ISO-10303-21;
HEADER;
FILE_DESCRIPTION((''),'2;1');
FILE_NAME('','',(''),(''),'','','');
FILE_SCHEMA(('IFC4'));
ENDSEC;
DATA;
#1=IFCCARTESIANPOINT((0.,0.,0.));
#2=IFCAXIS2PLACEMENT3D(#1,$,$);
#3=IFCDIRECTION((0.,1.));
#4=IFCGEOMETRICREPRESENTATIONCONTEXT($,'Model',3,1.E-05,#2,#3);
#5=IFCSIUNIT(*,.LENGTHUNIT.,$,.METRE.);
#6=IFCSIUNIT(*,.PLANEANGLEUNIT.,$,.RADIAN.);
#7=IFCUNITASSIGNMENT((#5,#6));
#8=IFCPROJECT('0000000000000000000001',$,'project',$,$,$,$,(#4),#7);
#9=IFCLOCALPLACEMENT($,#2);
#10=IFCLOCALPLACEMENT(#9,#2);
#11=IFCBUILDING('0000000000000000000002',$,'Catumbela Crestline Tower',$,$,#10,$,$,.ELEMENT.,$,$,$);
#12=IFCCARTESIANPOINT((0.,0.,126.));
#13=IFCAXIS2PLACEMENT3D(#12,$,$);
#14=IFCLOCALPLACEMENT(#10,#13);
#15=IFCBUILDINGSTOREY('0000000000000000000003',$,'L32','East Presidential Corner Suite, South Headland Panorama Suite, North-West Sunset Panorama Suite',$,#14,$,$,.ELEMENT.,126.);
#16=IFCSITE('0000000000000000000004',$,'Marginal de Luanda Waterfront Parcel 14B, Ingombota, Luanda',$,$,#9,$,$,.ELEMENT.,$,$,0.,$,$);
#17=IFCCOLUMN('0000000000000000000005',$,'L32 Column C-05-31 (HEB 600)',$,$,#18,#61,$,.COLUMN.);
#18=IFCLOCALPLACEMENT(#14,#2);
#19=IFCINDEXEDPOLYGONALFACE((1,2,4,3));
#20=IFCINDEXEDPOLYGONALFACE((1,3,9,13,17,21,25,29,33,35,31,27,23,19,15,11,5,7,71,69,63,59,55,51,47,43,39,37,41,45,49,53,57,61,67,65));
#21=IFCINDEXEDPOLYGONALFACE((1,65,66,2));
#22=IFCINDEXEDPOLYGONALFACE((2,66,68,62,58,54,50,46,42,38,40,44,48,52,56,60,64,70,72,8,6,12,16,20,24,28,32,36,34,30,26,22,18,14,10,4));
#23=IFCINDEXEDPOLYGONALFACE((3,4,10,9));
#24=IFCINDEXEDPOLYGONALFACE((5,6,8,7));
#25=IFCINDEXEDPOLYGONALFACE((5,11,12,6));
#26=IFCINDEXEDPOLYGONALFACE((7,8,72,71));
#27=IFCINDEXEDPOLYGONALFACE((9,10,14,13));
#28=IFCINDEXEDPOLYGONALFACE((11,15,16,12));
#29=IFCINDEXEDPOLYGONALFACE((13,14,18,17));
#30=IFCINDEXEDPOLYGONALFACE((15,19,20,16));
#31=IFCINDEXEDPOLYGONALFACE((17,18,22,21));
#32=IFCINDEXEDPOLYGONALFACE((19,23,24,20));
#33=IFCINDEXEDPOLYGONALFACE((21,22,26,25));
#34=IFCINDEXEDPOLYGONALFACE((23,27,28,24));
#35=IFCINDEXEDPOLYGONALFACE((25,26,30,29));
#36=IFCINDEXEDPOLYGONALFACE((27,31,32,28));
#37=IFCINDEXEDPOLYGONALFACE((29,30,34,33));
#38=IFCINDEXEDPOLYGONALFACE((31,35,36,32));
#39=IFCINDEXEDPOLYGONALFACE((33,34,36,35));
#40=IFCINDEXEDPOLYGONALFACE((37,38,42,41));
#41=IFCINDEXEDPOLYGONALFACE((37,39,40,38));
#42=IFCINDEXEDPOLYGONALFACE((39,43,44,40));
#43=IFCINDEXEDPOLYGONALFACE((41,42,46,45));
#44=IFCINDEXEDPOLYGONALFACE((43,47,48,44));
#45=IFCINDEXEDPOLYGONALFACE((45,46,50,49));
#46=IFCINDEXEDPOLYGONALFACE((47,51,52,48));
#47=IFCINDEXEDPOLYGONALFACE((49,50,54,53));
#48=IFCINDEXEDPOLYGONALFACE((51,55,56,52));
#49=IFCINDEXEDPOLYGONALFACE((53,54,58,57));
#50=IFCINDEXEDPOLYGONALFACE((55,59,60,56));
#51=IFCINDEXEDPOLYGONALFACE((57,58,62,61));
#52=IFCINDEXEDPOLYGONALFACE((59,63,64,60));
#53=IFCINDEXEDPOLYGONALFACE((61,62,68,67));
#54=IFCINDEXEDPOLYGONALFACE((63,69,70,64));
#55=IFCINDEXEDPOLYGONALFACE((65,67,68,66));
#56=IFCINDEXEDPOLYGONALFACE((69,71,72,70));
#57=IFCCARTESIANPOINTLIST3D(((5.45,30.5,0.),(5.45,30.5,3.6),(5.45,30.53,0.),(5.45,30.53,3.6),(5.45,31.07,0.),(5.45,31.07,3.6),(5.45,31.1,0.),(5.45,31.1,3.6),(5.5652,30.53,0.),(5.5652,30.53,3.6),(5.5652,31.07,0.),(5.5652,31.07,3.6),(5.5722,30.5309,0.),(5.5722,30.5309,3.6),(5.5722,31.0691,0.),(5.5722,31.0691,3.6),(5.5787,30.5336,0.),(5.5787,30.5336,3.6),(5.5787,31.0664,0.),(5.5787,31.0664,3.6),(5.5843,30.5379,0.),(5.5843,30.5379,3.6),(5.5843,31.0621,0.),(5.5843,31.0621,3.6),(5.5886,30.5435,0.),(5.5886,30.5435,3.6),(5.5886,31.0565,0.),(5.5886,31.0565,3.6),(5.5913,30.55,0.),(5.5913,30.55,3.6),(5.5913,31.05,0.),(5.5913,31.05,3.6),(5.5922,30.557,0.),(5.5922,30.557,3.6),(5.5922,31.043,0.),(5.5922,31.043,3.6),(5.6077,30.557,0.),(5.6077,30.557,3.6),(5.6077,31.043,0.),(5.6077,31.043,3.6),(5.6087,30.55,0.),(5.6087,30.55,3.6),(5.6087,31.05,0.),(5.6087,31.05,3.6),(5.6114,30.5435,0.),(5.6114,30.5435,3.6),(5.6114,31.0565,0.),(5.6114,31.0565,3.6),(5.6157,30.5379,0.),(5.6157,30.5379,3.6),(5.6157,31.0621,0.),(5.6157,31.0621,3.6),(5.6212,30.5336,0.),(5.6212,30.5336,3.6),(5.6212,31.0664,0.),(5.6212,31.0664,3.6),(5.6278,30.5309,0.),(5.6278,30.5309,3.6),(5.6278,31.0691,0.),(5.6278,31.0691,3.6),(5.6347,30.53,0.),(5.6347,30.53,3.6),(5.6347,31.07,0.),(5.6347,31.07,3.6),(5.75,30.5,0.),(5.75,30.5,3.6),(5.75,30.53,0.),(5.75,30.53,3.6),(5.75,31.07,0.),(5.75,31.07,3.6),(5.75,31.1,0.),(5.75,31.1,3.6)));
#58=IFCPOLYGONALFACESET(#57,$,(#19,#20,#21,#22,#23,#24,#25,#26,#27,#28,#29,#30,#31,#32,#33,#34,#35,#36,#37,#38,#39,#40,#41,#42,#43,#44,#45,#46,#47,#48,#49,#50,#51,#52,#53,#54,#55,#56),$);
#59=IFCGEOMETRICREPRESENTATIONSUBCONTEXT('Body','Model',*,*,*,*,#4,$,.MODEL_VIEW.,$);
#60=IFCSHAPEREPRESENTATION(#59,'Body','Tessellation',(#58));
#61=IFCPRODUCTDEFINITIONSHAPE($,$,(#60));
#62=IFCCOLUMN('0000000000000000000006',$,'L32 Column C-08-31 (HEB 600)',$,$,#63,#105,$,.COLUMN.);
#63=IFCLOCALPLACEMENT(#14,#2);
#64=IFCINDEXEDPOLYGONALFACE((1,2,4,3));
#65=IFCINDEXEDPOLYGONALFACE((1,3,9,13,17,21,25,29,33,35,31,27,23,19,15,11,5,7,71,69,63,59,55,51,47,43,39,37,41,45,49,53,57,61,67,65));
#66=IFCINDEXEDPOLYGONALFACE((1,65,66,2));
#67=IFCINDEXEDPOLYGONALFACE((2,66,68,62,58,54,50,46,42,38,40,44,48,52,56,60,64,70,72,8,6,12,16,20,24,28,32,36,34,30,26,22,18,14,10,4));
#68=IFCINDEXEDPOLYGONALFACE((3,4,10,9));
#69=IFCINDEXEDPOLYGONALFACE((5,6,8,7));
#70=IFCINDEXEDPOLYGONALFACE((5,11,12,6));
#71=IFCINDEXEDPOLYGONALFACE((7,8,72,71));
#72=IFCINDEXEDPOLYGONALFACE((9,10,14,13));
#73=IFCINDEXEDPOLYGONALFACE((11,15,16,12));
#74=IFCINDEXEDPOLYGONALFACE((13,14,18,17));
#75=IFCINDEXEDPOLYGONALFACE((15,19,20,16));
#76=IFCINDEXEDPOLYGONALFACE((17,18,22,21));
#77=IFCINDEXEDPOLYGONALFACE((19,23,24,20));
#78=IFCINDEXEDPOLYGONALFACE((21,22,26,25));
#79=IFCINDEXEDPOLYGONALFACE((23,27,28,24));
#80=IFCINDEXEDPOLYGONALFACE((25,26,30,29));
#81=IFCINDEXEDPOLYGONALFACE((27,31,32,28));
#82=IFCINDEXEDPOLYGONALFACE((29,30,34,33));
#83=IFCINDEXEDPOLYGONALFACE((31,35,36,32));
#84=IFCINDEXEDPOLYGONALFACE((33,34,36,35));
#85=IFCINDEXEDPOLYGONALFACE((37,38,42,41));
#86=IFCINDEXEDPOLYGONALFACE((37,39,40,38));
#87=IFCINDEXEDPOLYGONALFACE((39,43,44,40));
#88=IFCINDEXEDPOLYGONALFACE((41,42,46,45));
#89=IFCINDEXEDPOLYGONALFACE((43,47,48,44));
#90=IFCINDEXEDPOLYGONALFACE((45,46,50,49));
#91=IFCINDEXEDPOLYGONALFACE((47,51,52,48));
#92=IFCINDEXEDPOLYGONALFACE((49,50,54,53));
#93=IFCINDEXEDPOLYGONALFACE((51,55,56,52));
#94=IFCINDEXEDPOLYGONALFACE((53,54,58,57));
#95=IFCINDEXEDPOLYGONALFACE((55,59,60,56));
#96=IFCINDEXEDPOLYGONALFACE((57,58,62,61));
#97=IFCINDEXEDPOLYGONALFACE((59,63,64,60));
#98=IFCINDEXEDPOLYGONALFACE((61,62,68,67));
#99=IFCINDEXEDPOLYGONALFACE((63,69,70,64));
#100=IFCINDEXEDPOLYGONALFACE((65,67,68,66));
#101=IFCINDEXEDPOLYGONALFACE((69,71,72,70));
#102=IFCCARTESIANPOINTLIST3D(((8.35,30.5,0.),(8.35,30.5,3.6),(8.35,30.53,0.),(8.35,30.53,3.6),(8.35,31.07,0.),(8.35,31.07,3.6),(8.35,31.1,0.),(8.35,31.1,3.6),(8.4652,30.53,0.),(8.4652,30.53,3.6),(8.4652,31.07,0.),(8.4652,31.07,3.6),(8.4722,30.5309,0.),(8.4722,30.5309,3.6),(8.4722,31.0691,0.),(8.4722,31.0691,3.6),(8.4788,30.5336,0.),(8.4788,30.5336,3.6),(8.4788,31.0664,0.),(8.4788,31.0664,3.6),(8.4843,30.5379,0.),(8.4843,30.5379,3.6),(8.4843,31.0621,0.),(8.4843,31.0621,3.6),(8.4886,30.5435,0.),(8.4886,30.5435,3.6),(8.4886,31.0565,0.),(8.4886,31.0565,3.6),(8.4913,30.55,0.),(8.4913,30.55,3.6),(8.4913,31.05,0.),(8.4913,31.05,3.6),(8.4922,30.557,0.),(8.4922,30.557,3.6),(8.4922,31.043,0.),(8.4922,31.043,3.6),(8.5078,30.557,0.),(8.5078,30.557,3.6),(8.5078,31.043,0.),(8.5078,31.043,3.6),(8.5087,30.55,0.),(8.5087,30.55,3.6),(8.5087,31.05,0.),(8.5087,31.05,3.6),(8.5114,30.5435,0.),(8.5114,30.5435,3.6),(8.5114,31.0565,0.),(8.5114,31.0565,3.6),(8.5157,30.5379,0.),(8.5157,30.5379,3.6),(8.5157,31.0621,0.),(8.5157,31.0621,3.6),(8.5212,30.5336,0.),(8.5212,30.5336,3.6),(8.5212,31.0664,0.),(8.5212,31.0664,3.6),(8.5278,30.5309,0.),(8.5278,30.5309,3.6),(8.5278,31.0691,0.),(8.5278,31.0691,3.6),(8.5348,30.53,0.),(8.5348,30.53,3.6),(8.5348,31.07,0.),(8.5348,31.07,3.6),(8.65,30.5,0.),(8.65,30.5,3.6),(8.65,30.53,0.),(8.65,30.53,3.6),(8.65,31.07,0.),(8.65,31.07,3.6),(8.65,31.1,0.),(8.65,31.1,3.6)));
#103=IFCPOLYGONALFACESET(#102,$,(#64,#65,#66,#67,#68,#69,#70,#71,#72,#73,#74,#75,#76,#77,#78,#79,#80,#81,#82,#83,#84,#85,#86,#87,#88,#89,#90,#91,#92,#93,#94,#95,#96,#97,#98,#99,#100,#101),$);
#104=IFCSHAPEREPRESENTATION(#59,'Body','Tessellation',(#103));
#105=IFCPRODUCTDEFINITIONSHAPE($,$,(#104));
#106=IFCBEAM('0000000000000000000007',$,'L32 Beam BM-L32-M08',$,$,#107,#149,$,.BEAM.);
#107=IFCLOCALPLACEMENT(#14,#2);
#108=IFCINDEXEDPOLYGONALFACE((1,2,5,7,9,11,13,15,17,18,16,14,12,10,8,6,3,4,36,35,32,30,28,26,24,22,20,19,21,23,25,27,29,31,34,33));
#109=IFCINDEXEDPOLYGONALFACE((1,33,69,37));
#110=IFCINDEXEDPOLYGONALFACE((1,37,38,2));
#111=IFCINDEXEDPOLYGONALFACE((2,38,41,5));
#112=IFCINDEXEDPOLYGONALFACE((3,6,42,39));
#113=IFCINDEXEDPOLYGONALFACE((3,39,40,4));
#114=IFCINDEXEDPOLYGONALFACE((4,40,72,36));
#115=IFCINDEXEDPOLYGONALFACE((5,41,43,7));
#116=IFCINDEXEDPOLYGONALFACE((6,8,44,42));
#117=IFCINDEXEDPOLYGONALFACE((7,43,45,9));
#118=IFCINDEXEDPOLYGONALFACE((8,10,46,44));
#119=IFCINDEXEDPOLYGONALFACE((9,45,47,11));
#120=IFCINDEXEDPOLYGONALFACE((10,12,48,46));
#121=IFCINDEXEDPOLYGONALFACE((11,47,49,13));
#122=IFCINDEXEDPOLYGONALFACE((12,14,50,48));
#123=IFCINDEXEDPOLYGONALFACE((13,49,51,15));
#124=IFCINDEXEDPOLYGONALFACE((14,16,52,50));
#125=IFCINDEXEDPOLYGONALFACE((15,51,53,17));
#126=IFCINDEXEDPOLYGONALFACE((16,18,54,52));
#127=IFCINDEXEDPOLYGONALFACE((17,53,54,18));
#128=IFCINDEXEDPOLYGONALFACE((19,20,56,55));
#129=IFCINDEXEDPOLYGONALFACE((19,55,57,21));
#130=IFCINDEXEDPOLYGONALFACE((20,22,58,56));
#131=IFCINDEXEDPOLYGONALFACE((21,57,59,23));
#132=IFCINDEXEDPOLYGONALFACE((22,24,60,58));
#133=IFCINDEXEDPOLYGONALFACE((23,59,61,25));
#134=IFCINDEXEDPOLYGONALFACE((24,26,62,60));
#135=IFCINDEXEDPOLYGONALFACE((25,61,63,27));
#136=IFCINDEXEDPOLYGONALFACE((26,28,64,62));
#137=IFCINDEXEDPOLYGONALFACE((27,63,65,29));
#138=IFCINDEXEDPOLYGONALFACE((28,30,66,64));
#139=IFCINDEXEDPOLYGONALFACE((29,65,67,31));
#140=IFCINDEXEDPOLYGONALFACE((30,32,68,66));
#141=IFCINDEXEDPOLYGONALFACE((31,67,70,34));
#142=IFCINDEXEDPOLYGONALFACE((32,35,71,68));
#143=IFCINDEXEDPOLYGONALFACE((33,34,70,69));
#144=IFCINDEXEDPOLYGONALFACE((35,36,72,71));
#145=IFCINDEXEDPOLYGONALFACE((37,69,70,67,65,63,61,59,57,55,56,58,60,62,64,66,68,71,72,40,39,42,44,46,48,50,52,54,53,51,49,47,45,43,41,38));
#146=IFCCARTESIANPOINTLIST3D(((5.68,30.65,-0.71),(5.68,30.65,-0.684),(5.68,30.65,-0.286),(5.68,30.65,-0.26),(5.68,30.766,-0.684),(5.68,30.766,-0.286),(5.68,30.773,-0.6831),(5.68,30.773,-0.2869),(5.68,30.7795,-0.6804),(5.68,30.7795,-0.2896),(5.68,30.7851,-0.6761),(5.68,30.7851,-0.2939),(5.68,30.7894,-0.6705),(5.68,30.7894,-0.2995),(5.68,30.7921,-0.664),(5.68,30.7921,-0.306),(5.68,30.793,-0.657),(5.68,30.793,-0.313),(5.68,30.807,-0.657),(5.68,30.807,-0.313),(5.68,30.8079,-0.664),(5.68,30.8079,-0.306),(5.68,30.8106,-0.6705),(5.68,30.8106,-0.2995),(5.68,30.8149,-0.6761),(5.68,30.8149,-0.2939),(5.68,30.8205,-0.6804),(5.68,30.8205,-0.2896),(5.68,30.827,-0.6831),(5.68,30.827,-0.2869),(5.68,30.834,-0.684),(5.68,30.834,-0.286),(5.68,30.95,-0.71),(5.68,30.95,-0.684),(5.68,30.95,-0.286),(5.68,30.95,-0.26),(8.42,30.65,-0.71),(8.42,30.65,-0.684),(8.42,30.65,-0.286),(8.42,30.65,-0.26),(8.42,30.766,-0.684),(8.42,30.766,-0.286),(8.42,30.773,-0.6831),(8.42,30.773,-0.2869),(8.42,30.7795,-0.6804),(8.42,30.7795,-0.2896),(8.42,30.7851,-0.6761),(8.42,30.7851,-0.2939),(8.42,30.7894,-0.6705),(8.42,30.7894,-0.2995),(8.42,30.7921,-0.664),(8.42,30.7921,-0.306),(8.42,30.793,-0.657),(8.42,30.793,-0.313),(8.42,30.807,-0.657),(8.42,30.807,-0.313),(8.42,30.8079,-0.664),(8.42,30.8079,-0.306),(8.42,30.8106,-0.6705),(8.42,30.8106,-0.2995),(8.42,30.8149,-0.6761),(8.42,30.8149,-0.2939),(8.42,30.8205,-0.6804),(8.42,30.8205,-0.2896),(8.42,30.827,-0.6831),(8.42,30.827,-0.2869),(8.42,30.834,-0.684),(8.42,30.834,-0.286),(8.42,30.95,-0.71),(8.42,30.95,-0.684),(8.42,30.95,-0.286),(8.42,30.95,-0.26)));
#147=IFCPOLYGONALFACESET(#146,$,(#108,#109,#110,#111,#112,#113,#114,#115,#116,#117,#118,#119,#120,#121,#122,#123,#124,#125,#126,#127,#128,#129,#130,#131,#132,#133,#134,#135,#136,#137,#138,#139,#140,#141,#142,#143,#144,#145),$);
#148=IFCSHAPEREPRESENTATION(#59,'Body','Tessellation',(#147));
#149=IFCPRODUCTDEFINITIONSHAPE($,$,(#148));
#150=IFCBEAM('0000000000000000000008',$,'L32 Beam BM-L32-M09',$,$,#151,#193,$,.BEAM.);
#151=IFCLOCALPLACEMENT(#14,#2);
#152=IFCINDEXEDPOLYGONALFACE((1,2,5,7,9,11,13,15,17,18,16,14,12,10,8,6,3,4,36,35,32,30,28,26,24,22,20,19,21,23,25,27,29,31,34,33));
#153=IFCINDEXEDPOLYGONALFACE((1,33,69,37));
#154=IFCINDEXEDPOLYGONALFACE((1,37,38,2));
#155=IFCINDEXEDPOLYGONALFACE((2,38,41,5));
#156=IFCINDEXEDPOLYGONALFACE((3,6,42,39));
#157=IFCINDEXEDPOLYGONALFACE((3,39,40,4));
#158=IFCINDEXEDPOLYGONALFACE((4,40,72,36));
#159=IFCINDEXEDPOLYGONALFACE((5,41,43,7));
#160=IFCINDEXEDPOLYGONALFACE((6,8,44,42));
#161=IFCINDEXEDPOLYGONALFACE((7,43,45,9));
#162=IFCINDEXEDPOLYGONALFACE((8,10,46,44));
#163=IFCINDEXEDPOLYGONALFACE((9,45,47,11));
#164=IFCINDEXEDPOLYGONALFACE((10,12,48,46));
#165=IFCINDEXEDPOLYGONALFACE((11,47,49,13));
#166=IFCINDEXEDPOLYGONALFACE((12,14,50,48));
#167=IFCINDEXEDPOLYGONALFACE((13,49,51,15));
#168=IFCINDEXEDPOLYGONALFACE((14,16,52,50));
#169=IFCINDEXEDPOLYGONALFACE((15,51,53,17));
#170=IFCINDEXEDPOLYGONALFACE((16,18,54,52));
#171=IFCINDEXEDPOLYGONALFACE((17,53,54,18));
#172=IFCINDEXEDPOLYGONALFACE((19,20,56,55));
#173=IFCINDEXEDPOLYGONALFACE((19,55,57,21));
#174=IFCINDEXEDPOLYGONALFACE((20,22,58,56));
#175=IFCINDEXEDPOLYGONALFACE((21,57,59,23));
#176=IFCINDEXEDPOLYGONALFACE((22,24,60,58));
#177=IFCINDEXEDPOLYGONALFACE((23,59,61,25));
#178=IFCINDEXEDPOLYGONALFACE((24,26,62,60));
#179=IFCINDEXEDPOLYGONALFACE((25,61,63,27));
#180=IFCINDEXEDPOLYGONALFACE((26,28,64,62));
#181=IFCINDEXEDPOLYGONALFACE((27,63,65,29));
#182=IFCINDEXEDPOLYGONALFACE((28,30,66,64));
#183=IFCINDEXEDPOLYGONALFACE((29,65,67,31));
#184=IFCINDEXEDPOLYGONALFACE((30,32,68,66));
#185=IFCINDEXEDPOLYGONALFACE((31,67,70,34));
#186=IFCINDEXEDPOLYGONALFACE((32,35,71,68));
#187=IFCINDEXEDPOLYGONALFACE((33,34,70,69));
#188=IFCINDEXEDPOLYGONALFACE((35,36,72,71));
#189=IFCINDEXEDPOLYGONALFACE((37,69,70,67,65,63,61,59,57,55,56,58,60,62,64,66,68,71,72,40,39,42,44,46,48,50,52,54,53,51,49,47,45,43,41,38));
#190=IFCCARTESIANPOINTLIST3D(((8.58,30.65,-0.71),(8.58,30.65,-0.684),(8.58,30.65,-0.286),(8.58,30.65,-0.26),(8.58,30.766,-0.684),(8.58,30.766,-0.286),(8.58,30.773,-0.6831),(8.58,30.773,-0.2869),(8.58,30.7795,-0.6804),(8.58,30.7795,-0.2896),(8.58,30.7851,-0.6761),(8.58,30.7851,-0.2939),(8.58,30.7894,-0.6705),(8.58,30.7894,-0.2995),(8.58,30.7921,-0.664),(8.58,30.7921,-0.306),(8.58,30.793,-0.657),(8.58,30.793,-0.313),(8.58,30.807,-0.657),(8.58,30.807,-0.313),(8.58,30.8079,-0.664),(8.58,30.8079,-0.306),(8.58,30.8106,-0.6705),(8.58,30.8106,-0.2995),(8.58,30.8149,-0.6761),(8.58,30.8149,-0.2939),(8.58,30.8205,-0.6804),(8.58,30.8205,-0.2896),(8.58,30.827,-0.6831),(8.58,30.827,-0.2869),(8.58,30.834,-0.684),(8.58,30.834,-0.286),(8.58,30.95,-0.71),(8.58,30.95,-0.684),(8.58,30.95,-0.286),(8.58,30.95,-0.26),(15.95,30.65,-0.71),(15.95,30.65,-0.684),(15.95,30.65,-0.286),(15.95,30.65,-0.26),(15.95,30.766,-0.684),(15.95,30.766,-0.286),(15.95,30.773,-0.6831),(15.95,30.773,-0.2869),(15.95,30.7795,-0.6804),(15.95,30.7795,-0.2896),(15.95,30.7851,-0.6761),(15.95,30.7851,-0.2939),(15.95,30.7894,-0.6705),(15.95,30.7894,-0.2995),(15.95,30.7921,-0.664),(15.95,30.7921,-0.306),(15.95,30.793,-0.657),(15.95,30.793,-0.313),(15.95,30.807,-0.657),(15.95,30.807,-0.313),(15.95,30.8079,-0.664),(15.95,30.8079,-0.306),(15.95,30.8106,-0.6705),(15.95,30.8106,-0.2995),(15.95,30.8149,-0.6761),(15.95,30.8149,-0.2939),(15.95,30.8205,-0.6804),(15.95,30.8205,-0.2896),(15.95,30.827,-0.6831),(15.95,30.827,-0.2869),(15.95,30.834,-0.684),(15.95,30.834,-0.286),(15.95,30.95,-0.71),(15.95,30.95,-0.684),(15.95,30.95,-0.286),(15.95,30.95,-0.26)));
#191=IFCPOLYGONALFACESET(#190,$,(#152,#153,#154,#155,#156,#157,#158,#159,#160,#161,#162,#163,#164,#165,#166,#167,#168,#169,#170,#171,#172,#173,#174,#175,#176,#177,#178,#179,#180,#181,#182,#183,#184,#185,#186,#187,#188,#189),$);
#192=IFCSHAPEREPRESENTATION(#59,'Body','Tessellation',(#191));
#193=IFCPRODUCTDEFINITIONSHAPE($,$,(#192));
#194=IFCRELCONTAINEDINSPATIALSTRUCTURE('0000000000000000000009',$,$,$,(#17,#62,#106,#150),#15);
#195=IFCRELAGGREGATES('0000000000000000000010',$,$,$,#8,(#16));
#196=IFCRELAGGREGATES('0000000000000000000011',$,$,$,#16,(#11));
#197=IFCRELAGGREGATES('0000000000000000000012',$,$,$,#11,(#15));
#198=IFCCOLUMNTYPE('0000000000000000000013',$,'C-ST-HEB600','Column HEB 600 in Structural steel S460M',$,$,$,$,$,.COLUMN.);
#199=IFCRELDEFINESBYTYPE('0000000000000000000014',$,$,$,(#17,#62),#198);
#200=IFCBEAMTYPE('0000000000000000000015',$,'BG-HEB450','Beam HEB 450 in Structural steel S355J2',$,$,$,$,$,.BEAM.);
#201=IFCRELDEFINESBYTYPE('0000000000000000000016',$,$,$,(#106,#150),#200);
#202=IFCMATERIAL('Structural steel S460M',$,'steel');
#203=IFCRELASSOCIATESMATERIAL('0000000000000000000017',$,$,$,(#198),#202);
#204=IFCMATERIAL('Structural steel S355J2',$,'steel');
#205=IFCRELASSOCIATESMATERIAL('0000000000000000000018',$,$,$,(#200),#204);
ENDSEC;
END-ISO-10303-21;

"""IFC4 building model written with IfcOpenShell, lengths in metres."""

from ifc_helpers import new_model, si_unit, direction, frame, origin, origin_2d, place, context, subcontext, project, spatial, i_section, extrude, material, material_profile, profile_set, type_object, element, save


model = new_model("IFC4")

# Units and contexts
model_context = context("Model", 3, precision=1e-05, world=origin(), true_north=direction((0.0, 1.0)))
body_context = subcontext(model_context, "Body", "Model", "MODEL_VIEW")
ifc_project = project(units=[si_unit("LENGTHUNIT", "METRE"), si_unit("PLANEANGLEUNIT", "RADIAN")], contexts=[model_context])

# Site, building, storey
site_placement = place(None, origin())
site = spatial("IfcSite", under=ifc_project, at=site_placement, Name="Marginal de Luanda Waterfront Parcel 14B, Ingombota, Luanda", CompositionType="ELEMENT", RefElevation=0.0)
building_placement = place(site_placement, origin())
building = spatial("IfcBuilding", under=site, at=building_placement, Name="Catumbela Crestline Tower", CompositionType="ELEMENT")
storey_placement = place(building_placement, frame((0.0, 0.0, 126.0)))
storey = spatial("IfcBuildingStorey", under=building, at=storey_placement, Name="L32", Description="East Presidential Corner Suite, South Headland Panorama Suite, North-West Sunset Panorama Suite", CompositionType="ELEMENT", Elevation=126.0)

# Columns
ifc_material_1 = material(Name="Structural steel S460M", Category="steel")
ifc_material_profile_1 = material_profile(ifc_material_1, i_section(OverallWidth=0.3, OverallDepth=0.6, WebThickness=0.0155, FlangeThickness=0.03, FilletRadius=0.027, at=origin_2d()), Name="HEB 600")
ifc_profile_set_1 = profile_set([ifc_material_profile_1], Name="Structural steel S460M")
column_type = type_object("IfcColumnType", Name="C-ST-HEB600", Description="Column HEB 600 in Structural steel S460M", PredefinedType="COLUMN", material=ifc_profile_set_1)
for number, where, z_axis, x_axis, name in (
    (1, (5.6, 30.8, 0.0), (0.0, 0.0, 1.0), (1.0, 0.0, 0.0), "L32 Column C-05-31 (HEB 600)"),
    (2, (8.5, 30.8, 0.0), (0.0, 0.0, 1.0), (1.0, 0.0, 0.0), "L32 Column C-08-31 (HEB 600)"),
):
    element("IfcColumn", number, at=place(storey_placement, frame(where, z_axis=z_axis, x_axis=x_axis)), inside=storey, type_object=column_type, Name=name, PredefinedType="COLUMN", context=body_context, shape_type="SweptSolid", body=[
        extrude(i_section(OverallWidth=0.3, OverallDepth=0.6, WebThickness=0.0155, FlangeThickness=0.03, FilletRadius=0.027, at=origin_2d()), origin(), (0.0, 0.0, 1.0), 3.6),
    ])

# Beams
ifc_material_2 = material(Name="Structural steel S355J2", Category="steel")
ifc_material_profile_2 = material_profile(ifc_material_2, i_section(OverallWidth=0.3, OverallDepth=0.45, WebThickness=0.014, FlangeThickness=0.026, FilletRadius=0.027, at=origin_2d()), Name="HEB 450")
ifc_profile_set_2 = profile_set([ifc_material_profile_2], Name="Structural steel S355J2")
beam_type = type_object("IfcBeamType", Name="BG-HEB450", Description="Beam HEB 450 in Structural steel S355J2", PredefinedType="BEAM", material=ifc_profile_set_2)
beam_1_placement = place(storey_placement, frame((5.68, 30.8, -0.485), z_axis=(1.0, 0.0, 0.0), x_axis=(0.0, 1.0, 0.0)))
element("IfcBeam", 3, at=beam_1_placement, inside=storey, type_object=beam_type, Name="L32 Beam BM-L32-M08", PredefinedType="BEAM", context=body_context, shape_type="SweptSolid", body=[
    extrude(i_section(OverallWidth=0.3, OverallDepth=0.45, WebThickness=0.014, FlangeThickness=0.026, FilletRadius=0.027, at=origin_2d()), origin(), (0.0, 0.0, 1.0), 2.74),
])
beam_2_placement = place(storey_placement, frame((8.58, 30.8, -0.485), z_axis=(1.0, 0.0, 0.0), x_axis=(0.0, 1.0, 0.0)))
element("IfcBeam", 4, at=beam_2_placement, inside=storey, type_object=beam_type, Name="L32 Beam BM-L32-M09", PredefinedType="BEAM", context=body_context, shape_type="SweptSolid", body=[
    extrude(i_section(OverallWidth=0.3, OverallDepth=0.45, WebThickness=0.014, FlangeThickness=0.026, FilletRadius=0.027, at=origin_2d()), origin(), (0.0, 0.0, 1.0), 7.37),
])

save(model, "model.ifc")
